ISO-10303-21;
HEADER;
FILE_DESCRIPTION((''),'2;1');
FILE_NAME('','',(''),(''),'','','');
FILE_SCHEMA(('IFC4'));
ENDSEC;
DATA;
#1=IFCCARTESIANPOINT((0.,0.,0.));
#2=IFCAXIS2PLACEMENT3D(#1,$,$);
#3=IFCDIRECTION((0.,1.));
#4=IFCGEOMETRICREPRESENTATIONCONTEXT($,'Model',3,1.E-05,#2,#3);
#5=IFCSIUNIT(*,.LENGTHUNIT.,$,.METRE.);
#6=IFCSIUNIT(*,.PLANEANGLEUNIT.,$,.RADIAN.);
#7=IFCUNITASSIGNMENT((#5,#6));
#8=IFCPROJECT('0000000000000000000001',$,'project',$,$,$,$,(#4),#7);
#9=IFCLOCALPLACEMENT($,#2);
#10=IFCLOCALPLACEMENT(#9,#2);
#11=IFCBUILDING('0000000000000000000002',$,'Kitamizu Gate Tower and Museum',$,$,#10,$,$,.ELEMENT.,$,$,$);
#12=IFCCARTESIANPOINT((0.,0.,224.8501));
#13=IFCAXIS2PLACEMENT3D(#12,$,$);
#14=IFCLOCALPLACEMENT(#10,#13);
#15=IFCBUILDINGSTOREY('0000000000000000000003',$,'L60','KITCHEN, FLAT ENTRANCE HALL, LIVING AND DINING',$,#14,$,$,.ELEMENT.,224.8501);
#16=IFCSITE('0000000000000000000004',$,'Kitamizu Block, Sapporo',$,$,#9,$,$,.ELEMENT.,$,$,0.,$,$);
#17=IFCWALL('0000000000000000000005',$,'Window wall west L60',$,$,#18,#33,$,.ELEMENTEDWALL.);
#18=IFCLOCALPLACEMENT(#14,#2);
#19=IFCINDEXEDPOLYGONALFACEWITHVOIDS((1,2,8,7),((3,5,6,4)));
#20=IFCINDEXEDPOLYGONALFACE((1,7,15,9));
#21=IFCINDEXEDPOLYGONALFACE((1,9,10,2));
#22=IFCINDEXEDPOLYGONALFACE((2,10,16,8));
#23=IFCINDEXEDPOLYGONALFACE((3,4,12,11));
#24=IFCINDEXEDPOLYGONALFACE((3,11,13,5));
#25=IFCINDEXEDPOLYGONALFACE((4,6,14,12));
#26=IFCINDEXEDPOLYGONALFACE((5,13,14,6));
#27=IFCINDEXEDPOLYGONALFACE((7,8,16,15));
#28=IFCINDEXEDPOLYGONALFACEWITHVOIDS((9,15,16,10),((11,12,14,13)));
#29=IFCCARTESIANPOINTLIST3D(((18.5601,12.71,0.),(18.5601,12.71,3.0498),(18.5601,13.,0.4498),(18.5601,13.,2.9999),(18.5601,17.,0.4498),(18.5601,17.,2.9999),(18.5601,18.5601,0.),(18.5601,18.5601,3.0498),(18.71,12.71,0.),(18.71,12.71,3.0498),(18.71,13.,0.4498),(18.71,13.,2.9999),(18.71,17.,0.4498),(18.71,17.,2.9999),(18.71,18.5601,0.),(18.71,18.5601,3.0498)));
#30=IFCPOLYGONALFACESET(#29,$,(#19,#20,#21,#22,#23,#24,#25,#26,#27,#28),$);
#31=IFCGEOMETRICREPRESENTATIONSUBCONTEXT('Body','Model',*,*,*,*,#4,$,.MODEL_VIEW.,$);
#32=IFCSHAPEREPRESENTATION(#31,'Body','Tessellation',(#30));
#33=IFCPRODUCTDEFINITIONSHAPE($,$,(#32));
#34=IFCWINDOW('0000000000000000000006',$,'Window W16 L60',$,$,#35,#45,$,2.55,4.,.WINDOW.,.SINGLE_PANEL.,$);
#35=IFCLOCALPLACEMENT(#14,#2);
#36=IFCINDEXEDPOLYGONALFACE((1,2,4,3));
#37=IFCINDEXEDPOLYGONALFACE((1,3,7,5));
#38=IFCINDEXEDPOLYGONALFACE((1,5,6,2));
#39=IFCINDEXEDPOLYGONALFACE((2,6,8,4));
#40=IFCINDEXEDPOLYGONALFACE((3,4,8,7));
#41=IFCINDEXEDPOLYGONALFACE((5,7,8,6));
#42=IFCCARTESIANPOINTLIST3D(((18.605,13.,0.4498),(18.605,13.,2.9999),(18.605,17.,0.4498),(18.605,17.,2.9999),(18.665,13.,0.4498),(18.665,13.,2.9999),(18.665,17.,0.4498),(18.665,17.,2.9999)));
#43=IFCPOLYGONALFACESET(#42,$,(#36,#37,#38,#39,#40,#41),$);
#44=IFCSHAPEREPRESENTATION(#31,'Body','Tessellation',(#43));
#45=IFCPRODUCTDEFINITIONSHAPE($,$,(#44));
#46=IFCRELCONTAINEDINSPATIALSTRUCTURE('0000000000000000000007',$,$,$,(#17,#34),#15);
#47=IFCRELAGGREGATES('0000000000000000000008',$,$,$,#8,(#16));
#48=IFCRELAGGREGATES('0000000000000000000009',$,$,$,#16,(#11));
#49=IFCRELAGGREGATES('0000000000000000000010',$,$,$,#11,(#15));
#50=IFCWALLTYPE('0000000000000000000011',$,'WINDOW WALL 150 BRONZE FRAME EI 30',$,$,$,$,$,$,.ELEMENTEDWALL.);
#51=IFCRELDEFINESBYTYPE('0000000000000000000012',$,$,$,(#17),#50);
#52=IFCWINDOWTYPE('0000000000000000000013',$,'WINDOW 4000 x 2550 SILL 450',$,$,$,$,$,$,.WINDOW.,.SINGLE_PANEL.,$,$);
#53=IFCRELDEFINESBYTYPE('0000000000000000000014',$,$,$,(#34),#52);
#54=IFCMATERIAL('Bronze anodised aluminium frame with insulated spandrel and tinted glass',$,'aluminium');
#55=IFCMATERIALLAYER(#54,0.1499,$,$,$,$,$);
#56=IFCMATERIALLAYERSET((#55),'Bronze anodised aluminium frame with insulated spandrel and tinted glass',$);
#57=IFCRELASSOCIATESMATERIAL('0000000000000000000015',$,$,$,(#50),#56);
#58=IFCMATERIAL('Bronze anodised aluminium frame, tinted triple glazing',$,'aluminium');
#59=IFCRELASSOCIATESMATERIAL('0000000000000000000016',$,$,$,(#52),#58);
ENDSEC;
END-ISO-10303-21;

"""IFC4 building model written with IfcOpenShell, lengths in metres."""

from ifc_helpers import new_model, si_unit, direction, frame, frame_2d, origin, place, context, subcontext, project, spatial, rectangle, extrude, material, layer, layer_set, type_object, element, fill, save


model = new_model("IFC4")

# Units and contexts
model_context = context("Model", 3, precision=1e-05, world=origin(), true_north=direction((0.0, 1.0)))
body_context = subcontext(model_context, "Body", "Model", "MODEL_VIEW")
ifc_project = project(units=[si_unit("LENGTHUNIT", "METRE"), si_unit("PLANEANGLEUNIT", "RADIAN")], contexts=[model_context])

# Site, building, storey
site_placement = place(None, origin())
site = spatial("IfcSite", under=ifc_project, at=site_placement, Name="Kitamizu Block, Sapporo", CompositionType="ELEMENT", RefElevation=0.0)
building_placement = place(site_placement, origin())
building = spatial("IfcBuilding", under=site, at=building_placement, Name="Kitamizu Gate Tower and Museum", CompositionType="ELEMENT")
storey_placement = place(building_placement, frame((0.0, 0.0, 224.8501)))
storey = spatial("IfcBuildingStorey", under=building, at=storey_placement, Name="L60", Description="KITCHEN, FLAT ENTRANCE HALL, LIVING AND DINING", CompositionType="ELEMENT", Elevation=224.8501)

# Shared definitions
ifc_material_1 = material(Name="Bronze anodised aluminium frame with insulated spandrel and tinted glass", Category="aluminium")
ifc_layer_1 = layer(ifc_material_1, 0.1499)
ifc_layer_set_1 = layer_set([ifc_layer_1], Name="Bronze anodised aluminium frame with insulated spandrel and tinted glass")
wall_type_1 = type_object("IfcWallType", Name="WINDOW WALL 150 BRONZE FRAME EI 30", PredefinedType="ELEMENTEDWALL", material=ifc_layer_set_1)

# Wall, opening, window
ifc_material_2 = material(Name="Bronze anodised aluminium frame, tinted triple glazing", Category="aluminium")
window_type_1 = type_object("IfcWindowType", Name="WINDOW 4000 x 2550 SILL 450", PartitioningType="SINGLE_PANEL", PredefinedType="WINDOW", material=ifc_material_2)
wall_1_placement = place(storey_placement, frame((18.635, 12.71, 0.0), z_axis=(0.0, 0.0, 1.0), x_axis=(0.0, 1.0, 0.0)))
wall_1 = element("IfcWall", 1, at=wall_1_placement, inside=storey, type_object=wall_type_1, Name="Window wall west L60", PredefinedType="ELEMENTEDWALL", context=body_context, shape_type="SweptSolid", body=[
    extrude(rectangle(XDim=5.8501, YDim=0.1499, at=frame_2d((2.925, 0.0))), origin(), (0.0, 0.0, 1.0), 3.0498),
])
opening_1_placement = place(wall_1_placement, frame((0.29, 0.0, 0.45)))
opening_1 = element("IfcOpeningElement", 2, at=opening_1_placement, cuts=wall_1, PredefinedType="OPENING", context=body_context, shape_type="SweptSolid", body=[
    extrude(rectangle(XDim=4.0, YDim=2.55, at=frame_2d((2.0, 1.2749))), frame((0.0, 0.085, 0.0), z_axis=(0.0, -1.0, 0.0), x_axis=(1.0, 0.0, 0.0)), (0.0, 0.0, 1.0), 0.1699),
])
window_1_placement = place(opening_1_placement, origin())
window_1 = element("IfcWindow", 3, at=window_1_placement, inside=storey, type_object=window_type_1, Name="Window W16 L60", OverallHeight=2.55, OverallWidth=4.0, PartitioningType="SINGLE_PANEL", PredefinedType="WINDOW", context=body_context, shape_type="SweptSolid", body=[
    extrude(rectangle(XDim=4.0, YDim=2.55, at=frame_2d((2.0, 1.2749))), frame((0.0, 0.03, 0.0), z_axis=(0.0, -1.0, 0.0), x_axis=(1.0, 0.0, 0.0)), (0.0, 0.0, 1.0), 0.0601),
])
fill(opening_1, window_1)

save(model, "model.ifc")
